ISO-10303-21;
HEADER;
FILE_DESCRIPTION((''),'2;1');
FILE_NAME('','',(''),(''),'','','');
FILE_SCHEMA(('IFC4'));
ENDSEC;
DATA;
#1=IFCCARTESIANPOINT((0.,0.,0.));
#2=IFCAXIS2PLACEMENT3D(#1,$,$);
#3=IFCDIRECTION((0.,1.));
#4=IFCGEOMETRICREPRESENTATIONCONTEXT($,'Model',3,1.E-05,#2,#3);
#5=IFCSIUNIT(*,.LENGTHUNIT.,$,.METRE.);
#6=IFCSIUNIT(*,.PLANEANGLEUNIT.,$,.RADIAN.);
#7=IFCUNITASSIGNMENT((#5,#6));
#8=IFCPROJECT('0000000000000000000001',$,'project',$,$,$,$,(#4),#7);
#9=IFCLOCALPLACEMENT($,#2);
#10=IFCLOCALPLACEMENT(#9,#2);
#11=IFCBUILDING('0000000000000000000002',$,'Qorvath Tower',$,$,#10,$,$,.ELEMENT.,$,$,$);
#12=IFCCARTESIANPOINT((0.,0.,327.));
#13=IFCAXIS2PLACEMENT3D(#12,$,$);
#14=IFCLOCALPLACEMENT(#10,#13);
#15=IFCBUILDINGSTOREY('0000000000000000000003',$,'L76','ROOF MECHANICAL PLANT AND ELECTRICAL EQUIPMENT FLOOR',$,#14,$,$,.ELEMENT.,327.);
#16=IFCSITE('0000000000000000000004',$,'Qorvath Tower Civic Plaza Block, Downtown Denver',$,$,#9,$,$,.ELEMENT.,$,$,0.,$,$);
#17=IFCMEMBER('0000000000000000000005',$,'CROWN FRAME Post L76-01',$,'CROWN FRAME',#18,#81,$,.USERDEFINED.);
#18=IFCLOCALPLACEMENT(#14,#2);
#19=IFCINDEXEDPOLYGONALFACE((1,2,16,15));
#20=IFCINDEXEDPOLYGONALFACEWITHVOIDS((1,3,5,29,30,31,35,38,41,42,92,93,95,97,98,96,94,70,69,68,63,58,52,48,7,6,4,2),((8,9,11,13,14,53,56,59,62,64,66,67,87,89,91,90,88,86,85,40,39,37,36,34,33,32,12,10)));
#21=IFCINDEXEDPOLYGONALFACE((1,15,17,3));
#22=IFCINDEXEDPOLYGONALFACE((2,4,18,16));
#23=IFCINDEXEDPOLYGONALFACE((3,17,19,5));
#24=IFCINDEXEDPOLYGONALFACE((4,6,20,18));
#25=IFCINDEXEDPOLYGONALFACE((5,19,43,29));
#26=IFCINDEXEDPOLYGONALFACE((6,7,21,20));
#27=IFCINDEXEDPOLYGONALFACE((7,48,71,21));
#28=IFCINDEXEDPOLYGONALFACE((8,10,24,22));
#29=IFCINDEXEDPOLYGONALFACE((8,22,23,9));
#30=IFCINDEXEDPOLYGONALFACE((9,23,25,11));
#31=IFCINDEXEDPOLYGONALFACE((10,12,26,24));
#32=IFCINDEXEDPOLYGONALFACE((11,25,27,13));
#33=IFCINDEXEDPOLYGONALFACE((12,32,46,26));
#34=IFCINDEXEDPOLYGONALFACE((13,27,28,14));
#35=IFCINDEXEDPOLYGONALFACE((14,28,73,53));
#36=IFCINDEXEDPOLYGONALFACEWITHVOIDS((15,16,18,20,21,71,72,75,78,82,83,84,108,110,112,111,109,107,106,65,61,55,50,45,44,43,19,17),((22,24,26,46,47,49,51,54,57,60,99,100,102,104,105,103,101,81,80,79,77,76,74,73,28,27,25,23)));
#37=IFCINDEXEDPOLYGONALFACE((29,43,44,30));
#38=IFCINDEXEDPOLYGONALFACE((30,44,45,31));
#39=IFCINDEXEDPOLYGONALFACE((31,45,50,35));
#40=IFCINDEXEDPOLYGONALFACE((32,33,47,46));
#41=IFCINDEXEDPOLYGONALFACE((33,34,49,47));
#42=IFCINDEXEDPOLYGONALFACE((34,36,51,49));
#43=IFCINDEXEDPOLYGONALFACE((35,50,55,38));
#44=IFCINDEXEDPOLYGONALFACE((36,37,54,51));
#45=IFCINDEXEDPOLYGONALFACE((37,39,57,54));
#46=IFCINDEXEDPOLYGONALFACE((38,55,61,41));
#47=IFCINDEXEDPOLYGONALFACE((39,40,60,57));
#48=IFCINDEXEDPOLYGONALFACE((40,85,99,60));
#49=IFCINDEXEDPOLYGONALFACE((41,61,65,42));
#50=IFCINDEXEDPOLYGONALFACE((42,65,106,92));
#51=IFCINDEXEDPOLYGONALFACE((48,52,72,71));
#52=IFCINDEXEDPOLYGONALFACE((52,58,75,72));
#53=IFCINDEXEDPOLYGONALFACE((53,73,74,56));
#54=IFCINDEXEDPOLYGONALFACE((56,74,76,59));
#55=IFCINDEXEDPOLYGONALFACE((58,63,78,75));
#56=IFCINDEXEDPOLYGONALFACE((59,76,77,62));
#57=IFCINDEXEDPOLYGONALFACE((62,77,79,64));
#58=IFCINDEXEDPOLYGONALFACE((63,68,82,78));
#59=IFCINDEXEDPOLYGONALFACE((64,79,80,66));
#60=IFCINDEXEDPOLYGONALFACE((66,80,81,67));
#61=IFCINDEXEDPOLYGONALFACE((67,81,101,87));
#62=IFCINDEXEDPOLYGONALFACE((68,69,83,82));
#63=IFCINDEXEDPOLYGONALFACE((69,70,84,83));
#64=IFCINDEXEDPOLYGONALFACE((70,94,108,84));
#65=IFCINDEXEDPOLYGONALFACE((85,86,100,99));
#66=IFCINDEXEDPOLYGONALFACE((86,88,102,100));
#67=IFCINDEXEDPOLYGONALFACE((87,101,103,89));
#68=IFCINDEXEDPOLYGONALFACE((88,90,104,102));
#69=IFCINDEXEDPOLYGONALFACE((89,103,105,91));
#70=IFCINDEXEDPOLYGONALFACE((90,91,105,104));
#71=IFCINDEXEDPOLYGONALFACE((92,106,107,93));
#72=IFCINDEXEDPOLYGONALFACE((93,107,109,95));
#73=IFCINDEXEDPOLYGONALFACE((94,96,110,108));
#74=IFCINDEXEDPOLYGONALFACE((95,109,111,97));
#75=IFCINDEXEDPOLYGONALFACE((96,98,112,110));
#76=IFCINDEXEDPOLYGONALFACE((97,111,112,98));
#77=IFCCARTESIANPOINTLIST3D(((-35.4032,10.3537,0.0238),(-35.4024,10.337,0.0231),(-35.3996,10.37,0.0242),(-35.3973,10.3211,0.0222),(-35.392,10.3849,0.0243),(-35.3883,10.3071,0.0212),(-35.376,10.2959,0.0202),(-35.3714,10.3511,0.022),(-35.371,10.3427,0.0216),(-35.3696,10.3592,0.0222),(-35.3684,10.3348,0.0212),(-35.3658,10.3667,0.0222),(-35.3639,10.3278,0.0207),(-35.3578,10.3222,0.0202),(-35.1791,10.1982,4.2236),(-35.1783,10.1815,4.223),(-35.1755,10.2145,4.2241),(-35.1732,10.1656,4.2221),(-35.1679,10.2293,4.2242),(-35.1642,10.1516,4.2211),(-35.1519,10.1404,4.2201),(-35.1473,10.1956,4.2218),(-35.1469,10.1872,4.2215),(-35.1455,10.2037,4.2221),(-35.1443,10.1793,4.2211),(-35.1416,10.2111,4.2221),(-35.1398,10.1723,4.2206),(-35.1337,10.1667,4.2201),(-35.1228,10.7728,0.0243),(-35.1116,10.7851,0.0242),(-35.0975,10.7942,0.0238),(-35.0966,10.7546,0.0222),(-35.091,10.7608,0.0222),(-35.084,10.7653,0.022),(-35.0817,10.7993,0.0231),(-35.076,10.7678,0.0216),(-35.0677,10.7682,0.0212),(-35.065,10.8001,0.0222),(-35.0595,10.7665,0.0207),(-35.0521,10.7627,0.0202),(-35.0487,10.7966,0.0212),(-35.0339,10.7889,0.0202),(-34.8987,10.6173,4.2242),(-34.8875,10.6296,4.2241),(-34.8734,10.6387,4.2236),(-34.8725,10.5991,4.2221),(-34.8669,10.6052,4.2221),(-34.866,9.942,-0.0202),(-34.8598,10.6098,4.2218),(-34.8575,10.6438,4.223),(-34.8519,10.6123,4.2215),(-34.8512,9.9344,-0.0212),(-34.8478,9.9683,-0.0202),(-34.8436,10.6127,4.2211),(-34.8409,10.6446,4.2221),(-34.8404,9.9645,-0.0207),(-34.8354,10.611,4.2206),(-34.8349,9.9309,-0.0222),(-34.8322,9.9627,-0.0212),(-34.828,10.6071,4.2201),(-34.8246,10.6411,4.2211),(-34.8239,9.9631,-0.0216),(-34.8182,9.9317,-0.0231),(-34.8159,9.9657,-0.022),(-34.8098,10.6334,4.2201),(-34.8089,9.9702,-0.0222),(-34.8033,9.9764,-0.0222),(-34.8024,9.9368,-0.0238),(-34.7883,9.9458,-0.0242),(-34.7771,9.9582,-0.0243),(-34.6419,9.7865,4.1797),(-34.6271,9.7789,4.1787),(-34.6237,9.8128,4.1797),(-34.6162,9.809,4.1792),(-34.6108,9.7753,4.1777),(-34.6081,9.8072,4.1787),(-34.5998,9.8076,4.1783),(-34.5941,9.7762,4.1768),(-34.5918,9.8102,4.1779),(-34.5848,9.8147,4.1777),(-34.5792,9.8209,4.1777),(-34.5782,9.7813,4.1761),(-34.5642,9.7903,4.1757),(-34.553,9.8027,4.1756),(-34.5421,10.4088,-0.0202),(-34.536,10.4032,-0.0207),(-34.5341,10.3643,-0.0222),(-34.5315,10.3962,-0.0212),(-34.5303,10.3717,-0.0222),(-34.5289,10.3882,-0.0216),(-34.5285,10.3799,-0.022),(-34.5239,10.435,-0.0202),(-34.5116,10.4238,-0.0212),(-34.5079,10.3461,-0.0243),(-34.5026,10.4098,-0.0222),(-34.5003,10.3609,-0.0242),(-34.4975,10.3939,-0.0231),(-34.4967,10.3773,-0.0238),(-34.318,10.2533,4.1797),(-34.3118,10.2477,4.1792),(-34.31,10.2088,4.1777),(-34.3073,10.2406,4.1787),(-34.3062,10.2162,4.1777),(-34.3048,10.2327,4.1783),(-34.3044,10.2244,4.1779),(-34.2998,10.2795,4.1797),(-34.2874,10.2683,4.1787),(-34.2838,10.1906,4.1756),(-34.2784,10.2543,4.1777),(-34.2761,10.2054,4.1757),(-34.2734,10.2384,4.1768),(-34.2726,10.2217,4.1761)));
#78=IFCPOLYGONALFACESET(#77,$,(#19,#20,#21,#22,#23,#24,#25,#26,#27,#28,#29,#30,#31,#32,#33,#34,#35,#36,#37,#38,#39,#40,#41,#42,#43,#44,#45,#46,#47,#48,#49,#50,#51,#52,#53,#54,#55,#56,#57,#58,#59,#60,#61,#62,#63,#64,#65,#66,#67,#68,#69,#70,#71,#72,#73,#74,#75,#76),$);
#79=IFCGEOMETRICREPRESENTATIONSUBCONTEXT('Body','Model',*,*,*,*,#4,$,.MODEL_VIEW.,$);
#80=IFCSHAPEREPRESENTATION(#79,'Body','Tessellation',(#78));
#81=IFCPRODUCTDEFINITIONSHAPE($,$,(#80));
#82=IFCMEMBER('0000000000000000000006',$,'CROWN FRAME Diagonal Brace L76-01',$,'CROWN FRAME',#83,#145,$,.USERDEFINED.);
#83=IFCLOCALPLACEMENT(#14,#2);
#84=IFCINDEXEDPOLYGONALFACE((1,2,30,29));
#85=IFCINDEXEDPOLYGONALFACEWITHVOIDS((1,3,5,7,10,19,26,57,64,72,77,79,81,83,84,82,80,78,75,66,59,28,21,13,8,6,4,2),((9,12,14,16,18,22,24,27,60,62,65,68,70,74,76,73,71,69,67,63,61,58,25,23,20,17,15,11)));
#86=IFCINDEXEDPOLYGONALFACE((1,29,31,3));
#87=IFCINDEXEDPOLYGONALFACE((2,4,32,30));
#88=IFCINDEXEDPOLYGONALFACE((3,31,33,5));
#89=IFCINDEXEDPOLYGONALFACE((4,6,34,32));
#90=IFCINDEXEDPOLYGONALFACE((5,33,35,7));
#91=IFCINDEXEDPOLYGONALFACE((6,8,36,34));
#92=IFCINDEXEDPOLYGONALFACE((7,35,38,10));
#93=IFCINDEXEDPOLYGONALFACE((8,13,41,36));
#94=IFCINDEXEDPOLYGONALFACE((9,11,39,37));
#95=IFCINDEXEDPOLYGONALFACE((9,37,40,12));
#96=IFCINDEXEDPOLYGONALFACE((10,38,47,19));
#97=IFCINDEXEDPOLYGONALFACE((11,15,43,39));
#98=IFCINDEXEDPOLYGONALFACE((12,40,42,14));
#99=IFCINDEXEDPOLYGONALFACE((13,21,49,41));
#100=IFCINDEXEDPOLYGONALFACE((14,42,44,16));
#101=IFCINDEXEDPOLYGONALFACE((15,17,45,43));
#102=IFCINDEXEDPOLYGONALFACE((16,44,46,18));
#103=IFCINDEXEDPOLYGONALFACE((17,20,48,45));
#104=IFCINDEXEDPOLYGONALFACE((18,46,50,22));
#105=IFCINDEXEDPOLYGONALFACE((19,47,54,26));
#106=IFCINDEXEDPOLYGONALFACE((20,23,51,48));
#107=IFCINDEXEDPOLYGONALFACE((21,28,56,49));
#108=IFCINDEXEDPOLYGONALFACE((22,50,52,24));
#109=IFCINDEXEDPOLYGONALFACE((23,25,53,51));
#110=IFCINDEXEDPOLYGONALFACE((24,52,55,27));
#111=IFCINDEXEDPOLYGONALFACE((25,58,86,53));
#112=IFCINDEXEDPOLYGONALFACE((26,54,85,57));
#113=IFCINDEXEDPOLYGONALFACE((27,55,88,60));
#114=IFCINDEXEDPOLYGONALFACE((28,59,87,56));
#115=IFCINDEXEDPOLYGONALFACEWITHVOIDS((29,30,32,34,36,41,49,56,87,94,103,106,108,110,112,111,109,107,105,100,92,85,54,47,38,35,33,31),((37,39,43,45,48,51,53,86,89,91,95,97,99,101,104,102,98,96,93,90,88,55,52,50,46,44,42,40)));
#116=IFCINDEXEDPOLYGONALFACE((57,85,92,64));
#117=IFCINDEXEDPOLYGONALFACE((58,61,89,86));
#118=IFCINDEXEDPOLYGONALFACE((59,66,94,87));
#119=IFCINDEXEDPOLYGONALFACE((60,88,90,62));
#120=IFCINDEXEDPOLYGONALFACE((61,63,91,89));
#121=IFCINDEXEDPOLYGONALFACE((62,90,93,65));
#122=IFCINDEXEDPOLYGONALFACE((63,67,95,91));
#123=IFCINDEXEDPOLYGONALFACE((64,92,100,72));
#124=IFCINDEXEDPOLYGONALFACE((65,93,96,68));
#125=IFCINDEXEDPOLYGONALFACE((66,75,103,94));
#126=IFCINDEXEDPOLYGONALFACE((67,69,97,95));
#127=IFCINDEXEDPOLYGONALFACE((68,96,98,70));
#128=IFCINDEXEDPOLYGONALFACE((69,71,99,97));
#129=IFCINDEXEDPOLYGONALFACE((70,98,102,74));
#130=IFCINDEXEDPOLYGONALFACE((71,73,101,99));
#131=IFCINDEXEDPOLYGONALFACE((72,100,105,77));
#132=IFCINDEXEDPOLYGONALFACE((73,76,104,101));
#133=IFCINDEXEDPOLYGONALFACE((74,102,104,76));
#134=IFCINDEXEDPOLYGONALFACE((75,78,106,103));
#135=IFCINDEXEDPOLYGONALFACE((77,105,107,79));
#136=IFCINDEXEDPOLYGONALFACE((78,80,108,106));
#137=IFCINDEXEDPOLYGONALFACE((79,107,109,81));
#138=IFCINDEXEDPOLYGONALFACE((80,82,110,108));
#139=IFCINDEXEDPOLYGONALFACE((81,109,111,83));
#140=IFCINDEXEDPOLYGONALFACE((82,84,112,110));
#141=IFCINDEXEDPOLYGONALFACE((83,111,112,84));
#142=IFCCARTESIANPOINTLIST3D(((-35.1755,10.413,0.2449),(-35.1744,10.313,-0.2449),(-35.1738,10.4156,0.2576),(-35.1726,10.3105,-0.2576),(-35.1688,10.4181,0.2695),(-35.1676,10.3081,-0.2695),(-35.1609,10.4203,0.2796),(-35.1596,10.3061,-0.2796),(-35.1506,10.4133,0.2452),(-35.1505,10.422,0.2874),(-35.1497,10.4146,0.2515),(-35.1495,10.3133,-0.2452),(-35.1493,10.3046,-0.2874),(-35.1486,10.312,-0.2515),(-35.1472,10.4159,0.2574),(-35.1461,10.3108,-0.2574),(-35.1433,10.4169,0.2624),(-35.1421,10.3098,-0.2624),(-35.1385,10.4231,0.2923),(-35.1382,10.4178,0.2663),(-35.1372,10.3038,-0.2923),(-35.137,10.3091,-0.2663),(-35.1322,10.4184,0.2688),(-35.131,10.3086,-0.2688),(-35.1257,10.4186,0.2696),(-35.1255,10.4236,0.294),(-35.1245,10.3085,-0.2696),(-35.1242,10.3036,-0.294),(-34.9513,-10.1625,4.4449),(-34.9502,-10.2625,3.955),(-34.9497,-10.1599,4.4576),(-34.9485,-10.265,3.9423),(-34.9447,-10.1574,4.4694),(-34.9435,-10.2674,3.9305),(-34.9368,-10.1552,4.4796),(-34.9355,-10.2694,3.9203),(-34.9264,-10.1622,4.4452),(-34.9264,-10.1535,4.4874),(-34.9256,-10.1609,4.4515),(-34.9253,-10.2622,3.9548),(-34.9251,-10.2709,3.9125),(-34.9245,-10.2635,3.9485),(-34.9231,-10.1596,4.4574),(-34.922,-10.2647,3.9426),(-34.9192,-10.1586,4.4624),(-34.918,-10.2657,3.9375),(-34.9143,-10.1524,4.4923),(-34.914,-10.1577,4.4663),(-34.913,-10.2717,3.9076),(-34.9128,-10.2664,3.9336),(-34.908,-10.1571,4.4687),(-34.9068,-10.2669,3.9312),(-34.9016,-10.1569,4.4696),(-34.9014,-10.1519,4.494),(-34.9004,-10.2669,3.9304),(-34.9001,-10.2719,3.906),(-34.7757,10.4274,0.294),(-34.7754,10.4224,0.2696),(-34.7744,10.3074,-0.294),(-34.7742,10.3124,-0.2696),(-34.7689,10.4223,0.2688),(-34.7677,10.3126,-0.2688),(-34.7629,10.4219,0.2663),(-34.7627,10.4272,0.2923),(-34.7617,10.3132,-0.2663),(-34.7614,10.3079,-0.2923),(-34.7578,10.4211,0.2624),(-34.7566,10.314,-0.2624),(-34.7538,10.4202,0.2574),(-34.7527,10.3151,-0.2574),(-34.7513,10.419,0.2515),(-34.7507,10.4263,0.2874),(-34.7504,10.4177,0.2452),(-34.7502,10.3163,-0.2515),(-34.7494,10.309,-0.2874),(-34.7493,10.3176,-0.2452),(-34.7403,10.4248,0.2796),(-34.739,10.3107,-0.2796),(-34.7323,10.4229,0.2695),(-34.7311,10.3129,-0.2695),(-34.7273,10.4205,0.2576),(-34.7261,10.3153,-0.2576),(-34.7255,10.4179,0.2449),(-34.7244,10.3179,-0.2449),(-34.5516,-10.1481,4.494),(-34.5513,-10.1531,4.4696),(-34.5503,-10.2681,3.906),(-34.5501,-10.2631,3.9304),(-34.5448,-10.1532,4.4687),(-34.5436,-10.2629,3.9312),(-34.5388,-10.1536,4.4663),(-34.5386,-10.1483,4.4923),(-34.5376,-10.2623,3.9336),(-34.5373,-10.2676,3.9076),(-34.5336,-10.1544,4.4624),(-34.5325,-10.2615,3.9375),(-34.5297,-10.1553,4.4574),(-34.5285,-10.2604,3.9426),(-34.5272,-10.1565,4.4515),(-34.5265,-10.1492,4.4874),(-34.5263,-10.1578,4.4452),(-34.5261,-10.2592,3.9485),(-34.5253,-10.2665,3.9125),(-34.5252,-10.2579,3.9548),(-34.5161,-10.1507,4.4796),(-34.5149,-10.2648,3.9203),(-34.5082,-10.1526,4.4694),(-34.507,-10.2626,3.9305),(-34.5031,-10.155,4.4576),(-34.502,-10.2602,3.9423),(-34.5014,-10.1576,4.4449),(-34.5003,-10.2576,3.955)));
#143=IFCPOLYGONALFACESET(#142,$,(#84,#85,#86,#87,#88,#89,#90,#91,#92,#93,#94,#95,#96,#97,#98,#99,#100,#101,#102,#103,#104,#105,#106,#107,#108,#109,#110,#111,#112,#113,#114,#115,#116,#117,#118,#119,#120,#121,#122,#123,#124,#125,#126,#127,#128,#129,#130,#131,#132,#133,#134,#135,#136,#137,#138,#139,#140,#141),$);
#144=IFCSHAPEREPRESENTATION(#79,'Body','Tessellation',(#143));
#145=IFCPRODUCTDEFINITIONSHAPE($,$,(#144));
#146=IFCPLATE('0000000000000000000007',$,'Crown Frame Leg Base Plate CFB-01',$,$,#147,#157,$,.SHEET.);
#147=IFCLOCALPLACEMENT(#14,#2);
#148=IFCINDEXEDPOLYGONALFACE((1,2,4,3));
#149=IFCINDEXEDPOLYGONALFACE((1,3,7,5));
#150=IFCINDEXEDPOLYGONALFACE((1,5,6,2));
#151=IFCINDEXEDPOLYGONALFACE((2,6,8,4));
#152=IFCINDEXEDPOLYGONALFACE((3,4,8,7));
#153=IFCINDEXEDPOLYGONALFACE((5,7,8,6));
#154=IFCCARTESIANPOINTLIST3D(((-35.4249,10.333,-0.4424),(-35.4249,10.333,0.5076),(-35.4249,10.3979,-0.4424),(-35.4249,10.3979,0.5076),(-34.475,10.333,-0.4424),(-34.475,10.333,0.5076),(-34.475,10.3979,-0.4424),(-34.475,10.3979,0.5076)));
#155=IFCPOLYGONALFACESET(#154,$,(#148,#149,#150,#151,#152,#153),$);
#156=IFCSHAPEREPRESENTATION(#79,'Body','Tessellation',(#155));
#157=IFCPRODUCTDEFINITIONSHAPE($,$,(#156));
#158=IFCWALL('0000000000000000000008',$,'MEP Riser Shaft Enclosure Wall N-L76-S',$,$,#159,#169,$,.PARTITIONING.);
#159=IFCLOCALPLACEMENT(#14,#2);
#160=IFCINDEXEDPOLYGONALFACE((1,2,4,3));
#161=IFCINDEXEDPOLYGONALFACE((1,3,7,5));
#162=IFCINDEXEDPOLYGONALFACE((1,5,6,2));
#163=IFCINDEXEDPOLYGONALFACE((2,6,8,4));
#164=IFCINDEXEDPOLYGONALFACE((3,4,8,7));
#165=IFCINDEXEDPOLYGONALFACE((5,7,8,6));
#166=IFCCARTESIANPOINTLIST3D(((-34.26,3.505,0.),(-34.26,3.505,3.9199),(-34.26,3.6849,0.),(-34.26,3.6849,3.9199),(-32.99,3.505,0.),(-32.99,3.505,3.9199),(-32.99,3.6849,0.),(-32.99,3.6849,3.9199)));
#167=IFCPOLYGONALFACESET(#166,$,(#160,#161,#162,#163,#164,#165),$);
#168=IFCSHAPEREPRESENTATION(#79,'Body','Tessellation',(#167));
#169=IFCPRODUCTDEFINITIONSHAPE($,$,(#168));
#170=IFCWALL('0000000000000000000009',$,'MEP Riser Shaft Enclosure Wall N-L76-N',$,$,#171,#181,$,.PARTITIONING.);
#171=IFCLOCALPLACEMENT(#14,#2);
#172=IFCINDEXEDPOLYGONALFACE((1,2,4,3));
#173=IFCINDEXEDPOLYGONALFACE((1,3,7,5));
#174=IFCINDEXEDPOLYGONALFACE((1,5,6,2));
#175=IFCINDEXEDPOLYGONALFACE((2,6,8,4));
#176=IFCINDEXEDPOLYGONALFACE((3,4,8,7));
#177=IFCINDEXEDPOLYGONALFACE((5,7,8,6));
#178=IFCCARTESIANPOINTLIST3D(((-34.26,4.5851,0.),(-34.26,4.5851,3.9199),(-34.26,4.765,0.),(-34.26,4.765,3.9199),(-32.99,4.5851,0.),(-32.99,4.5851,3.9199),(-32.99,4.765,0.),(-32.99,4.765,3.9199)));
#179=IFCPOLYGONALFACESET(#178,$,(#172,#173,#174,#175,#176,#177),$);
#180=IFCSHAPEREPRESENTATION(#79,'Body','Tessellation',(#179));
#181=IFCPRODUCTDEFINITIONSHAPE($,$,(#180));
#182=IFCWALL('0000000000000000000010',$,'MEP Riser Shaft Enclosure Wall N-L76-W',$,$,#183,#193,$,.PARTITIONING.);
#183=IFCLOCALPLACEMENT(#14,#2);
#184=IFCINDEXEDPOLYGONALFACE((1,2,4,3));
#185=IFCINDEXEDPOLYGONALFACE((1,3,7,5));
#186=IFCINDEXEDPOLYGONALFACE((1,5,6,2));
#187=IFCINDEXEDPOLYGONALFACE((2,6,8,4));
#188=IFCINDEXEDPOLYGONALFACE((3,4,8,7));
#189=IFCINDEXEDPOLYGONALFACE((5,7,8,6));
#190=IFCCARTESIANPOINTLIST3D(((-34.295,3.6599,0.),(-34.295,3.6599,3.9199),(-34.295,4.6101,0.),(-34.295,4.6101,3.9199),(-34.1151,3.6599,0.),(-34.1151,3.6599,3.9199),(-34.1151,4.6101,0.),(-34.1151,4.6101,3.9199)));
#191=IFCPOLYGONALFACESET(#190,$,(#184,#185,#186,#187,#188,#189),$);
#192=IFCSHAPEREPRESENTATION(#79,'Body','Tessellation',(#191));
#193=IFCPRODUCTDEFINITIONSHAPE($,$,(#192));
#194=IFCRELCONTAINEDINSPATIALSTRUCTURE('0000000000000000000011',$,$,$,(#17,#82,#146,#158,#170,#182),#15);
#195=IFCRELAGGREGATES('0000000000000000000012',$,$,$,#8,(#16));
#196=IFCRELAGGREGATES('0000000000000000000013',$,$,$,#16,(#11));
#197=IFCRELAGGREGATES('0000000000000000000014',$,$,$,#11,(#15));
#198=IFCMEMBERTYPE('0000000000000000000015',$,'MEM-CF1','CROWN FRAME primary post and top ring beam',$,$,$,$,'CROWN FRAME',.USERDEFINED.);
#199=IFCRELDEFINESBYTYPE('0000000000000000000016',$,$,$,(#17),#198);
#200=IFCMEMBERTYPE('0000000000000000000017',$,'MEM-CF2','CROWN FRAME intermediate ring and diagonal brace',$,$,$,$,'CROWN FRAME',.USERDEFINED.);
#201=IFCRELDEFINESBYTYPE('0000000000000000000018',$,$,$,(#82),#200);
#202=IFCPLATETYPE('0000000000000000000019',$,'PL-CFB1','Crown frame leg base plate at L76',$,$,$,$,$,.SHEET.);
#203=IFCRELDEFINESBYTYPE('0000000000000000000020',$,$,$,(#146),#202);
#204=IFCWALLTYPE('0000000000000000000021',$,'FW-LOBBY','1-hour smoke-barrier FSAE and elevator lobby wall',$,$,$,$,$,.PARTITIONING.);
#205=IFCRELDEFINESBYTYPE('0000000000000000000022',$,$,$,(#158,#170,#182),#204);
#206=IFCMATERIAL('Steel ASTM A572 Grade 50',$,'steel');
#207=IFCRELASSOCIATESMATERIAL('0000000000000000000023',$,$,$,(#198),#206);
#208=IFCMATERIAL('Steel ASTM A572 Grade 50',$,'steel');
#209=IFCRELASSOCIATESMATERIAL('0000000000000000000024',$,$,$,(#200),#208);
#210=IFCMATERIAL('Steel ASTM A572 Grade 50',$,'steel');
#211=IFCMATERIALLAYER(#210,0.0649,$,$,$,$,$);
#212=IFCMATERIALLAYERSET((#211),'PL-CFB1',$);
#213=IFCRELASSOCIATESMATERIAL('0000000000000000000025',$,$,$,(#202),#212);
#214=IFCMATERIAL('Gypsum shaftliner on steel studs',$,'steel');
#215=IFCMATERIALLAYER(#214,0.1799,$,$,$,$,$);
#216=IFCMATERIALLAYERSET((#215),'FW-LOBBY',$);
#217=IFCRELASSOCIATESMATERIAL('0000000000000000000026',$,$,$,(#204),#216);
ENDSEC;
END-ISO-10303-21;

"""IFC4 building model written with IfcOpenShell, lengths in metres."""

from ifc_helpers import new_model, si_unit, direction, frame, frame_2d, origin, origin_2d, place, context, subcontext, project, spatial, rectangle, hollow_rectangle, extrude, material, layer, layer_set, material_profile, profile_set, type_object, element, save


model = new_model("IFC4")

# Units and contexts
model_context = context("Model", 3, precision=1e-05, world=origin(), true_north=direction((0.0, 1.0)))
body_context = subcontext(model_context, "Body", "Model", "MODEL_VIEW")
ifc_project = project(units=[si_unit("LENGTHUNIT", "METRE"), si_unit("PLANEANGLEUNIT", "RADIAN")], contexts=[model_context])

# Site, building, storey
site_placement = place(None, origin())
site = spatial("IfcSite", under=ifc_project, at=site_placement, Name="Qorvath Tower Civic Plaza Block, Downtown Denver", CompositionType="ELEMENT", RefElevation=0.0)
building_placement = place(site_placement, origin())
building = spatial("IfcBuilding", under=site, at=building_placement, Name="Qorvath Tower", CompositionType="ELEMENT")
storey_placement = place(building_placement, frame((0.0, 0.0, 327.0)))
storey = spatial("IfcBuildingStorey", under=building, at=storey_placement, Name="L76", Description="ROOF MECHANICAL PLANT AND ELECTRICAL EQUIPMENT FLOOR", CompositionType="ELEMENT", Elevation=327.0)

# Members
ifc_material_1 = material(Name="Steel ASTM A572 Grade 50", Category="steel")
ifc_material_profile_1 = material_profile(ifc_material_1, hollow_rectangle(XDim=0.6001, YDim=0.75, WallThickness=0.032, InnerFilletRadius=0.032, OuterFilletRadius=0.064, at=origin_2d()), Name="CROWN BOX 750x600x32")
ifc_profile_set_1 = profile_set([ifc_material_profile_1], Name="Steel ASTM A572 Grade 50")
member_type_1 = type_object("IfcMemberType", Name="MEM-CF1", Description="CROWN FRAME primary post and top ring beam", ElementType="CROWN FRAME", PredefinedType="USERDEFINED", material=ifc_profile_set_1)
member_1_placement = place(storey_placement, frame((-34.95, 10.3655, 0.0), z_axis=(0.053251, -0.036951, 0.997897), x_axis=(0.570094, 0.82158, 0.0)))
element("IfcMember", 1, at=member_1_placement, inside=storey, type_object=member_type_1, Name="CROWN FRAME Post L76-01", ObjectType="CROWN FRAME", PredefinedType="USERDEFINED", context=body_context, shape_type="SweptSolid", body=[
    extrude(hollow_rectangle(XDim=0.6001, YDim=0.75, WallThickness=0.032, InnerFilletRadius=0.032, OuterFilletRadius=0.064, at=origin_2d()), origin(), (0.0, 0.0, 1.0), 4.2087),
])
ifc_material_2 = material(Name="Steel ASTM A572 Grade 50", Category="steel")
ifc_material_profile_2 = material_profile(ifc_material_2, hollow_rectangle(XDim=0.45, YDim=0.6001, WallThickness=0.0249, InnerFilletRadius=0.0249, OuterFilletRadius=0.05, at=origin_2d()), Name="CROWN BOX 600x450x25")
ifc_profile_set_2 = profile_set([ifc_material_profile_2], Name="Steel ASTM A572 Grade 50")
member_type_2 = type_object("IfcMemberType", Name="MEM-CF2", Description="CROWN FRAME intermediate ring and diagonal brace", ElementType="CROWN FRAME", PredefinedType="USERDEFINED", material=ifc_profile_set_2)
member_2_placement = place(storey_placement, frame((-34.95, 10.3655, 0.0), z_axis=(0.010672, -0.97974, 0.199989), x_axis=(0.999941, 0.010892, 0.0)))
element("IfcMember", 2, at=member_2_placement, inside=storey, type_object=member_type_2, Name="CROWN FRAME Diagonal Brace L76-01", ObjectType="CROWN FRAME", PredefinedType="USERDEFINED", context=body_context, shape_type="SweptSolid", body=[
    extrude(hollow_rectangle(XDim=0.45, YDim=0.6001, WallThickness=0.0249, InnerFilletRadius=0.0249, OuterFilletRadius=0.05, at=origin_2d()), origin(), (0.0, 0.0, 1.0), 21.001),
])

# Plate
ifc_material_3 = material(Name="Steel ASTM A572 Grade 50", Category="steel")
ifc_layer_1 = layer(ifc_material_3, 0.0649)
ifc_layer_set_1 = layer_set([ifc_layer_1], Name="PL-CFB1")
plate_type = type_object("IfcPlateType", Name="PL-CFB1", Description="Crown frame leg base plate at L76", PredefinedType="SHEET", material=ifc_layer_set_1)
plate_placement = place(storey_placement, frame((-34.95, 10.3655, -0.4424), z_axis=(0.0, 0.0, 1.0), x_axis=(1.0, 0.0, 0.0)))
element("IfcPlate", 3, at=plate_placement, inside=storey, type_object=plate_type, Name="Crown Frame Leg Base Plate CFB-01", PredefinedType="SHEET", context=body_context, shape_type="SweptSolid", body=[
    extrude(rectangle(XDim=0.95, YDim=0.0649, at=origin_2d()), origin(), (0.0, 0.0, 1.0), 0.95),
])

# Walls
ifc_material_4 = material(Name="Gypsum shaftliner on steel studs", Category="steel")
ifc_layer_2 = layer(ifc_material_4, 0.1799)
ifc_layer_set_2 = layer_set([ifc_layer_2], Name="FW-LOBBY")
wall_type_1 = type_object("IfcWallType", Name="FW-LOBBY", Description="1-hour smoke-barrier FSAE and elevator lobby wall", PredefinedType="PARTITIONING", material=ifc_layer_set_2)
for number, where, z_axis, x_axis, name in (
    (4, (-32.99, 3.595, 0.0), (0.0, 0.0, 1.0), (-1.0, 0.0, 0.0), "MEP Riser Shaft Enclosure Wall N-L76-S"),
    (5, (-34.26, 4.675, 0.0), (0.0, 0.0, 1.0), (1.0, 0.0, 0.0), "MEP Riser Shaft Enclosure Wall N-L76-N"),
):
    element("IfcWall", number, at=place(storey_placement, frame(where, z_axis=z_axis, x_axis=x_axis)), inside=storey, type_object=wall_type_1, Name=name, PredefinedType="PARTITIONING", context=body_context, shape_type="SweptSolid", body=[
        extrude(rectangle(XDim=1.27, YDim=0.1799, at=frame_2d((0.635, 0.0))), origin(), (0.0, 0.0, 1.0), 3.9199),
    ])
for number, where, z_axis, x_axis, name in (
    (6, (-34.2051, 3.6599, 0.0), (0.0, 0.0, 1.0), (0.0, 1.0, 0.0), "MEP Riser Shaft Enclosure Wall N-L76-W"),
):
    element("IfcWall", number, at=place(storey_placement, frame(where, z_axis=z_axis, x_axis=x_axis)), inside=storey, type_object=wall_type_1, Name=name, PredefinedType="PARTITIONING", context=body_context, shape_type="SweptSolid", body=[
        extrude(rectangle(XDim=0.9502, YDim=0.1799, at=frame_2d((0.4751, 0.0))), origin(), (0.0, 0.0, 1.0), 3.9199),
    ])

save(model, "model.ifc")
